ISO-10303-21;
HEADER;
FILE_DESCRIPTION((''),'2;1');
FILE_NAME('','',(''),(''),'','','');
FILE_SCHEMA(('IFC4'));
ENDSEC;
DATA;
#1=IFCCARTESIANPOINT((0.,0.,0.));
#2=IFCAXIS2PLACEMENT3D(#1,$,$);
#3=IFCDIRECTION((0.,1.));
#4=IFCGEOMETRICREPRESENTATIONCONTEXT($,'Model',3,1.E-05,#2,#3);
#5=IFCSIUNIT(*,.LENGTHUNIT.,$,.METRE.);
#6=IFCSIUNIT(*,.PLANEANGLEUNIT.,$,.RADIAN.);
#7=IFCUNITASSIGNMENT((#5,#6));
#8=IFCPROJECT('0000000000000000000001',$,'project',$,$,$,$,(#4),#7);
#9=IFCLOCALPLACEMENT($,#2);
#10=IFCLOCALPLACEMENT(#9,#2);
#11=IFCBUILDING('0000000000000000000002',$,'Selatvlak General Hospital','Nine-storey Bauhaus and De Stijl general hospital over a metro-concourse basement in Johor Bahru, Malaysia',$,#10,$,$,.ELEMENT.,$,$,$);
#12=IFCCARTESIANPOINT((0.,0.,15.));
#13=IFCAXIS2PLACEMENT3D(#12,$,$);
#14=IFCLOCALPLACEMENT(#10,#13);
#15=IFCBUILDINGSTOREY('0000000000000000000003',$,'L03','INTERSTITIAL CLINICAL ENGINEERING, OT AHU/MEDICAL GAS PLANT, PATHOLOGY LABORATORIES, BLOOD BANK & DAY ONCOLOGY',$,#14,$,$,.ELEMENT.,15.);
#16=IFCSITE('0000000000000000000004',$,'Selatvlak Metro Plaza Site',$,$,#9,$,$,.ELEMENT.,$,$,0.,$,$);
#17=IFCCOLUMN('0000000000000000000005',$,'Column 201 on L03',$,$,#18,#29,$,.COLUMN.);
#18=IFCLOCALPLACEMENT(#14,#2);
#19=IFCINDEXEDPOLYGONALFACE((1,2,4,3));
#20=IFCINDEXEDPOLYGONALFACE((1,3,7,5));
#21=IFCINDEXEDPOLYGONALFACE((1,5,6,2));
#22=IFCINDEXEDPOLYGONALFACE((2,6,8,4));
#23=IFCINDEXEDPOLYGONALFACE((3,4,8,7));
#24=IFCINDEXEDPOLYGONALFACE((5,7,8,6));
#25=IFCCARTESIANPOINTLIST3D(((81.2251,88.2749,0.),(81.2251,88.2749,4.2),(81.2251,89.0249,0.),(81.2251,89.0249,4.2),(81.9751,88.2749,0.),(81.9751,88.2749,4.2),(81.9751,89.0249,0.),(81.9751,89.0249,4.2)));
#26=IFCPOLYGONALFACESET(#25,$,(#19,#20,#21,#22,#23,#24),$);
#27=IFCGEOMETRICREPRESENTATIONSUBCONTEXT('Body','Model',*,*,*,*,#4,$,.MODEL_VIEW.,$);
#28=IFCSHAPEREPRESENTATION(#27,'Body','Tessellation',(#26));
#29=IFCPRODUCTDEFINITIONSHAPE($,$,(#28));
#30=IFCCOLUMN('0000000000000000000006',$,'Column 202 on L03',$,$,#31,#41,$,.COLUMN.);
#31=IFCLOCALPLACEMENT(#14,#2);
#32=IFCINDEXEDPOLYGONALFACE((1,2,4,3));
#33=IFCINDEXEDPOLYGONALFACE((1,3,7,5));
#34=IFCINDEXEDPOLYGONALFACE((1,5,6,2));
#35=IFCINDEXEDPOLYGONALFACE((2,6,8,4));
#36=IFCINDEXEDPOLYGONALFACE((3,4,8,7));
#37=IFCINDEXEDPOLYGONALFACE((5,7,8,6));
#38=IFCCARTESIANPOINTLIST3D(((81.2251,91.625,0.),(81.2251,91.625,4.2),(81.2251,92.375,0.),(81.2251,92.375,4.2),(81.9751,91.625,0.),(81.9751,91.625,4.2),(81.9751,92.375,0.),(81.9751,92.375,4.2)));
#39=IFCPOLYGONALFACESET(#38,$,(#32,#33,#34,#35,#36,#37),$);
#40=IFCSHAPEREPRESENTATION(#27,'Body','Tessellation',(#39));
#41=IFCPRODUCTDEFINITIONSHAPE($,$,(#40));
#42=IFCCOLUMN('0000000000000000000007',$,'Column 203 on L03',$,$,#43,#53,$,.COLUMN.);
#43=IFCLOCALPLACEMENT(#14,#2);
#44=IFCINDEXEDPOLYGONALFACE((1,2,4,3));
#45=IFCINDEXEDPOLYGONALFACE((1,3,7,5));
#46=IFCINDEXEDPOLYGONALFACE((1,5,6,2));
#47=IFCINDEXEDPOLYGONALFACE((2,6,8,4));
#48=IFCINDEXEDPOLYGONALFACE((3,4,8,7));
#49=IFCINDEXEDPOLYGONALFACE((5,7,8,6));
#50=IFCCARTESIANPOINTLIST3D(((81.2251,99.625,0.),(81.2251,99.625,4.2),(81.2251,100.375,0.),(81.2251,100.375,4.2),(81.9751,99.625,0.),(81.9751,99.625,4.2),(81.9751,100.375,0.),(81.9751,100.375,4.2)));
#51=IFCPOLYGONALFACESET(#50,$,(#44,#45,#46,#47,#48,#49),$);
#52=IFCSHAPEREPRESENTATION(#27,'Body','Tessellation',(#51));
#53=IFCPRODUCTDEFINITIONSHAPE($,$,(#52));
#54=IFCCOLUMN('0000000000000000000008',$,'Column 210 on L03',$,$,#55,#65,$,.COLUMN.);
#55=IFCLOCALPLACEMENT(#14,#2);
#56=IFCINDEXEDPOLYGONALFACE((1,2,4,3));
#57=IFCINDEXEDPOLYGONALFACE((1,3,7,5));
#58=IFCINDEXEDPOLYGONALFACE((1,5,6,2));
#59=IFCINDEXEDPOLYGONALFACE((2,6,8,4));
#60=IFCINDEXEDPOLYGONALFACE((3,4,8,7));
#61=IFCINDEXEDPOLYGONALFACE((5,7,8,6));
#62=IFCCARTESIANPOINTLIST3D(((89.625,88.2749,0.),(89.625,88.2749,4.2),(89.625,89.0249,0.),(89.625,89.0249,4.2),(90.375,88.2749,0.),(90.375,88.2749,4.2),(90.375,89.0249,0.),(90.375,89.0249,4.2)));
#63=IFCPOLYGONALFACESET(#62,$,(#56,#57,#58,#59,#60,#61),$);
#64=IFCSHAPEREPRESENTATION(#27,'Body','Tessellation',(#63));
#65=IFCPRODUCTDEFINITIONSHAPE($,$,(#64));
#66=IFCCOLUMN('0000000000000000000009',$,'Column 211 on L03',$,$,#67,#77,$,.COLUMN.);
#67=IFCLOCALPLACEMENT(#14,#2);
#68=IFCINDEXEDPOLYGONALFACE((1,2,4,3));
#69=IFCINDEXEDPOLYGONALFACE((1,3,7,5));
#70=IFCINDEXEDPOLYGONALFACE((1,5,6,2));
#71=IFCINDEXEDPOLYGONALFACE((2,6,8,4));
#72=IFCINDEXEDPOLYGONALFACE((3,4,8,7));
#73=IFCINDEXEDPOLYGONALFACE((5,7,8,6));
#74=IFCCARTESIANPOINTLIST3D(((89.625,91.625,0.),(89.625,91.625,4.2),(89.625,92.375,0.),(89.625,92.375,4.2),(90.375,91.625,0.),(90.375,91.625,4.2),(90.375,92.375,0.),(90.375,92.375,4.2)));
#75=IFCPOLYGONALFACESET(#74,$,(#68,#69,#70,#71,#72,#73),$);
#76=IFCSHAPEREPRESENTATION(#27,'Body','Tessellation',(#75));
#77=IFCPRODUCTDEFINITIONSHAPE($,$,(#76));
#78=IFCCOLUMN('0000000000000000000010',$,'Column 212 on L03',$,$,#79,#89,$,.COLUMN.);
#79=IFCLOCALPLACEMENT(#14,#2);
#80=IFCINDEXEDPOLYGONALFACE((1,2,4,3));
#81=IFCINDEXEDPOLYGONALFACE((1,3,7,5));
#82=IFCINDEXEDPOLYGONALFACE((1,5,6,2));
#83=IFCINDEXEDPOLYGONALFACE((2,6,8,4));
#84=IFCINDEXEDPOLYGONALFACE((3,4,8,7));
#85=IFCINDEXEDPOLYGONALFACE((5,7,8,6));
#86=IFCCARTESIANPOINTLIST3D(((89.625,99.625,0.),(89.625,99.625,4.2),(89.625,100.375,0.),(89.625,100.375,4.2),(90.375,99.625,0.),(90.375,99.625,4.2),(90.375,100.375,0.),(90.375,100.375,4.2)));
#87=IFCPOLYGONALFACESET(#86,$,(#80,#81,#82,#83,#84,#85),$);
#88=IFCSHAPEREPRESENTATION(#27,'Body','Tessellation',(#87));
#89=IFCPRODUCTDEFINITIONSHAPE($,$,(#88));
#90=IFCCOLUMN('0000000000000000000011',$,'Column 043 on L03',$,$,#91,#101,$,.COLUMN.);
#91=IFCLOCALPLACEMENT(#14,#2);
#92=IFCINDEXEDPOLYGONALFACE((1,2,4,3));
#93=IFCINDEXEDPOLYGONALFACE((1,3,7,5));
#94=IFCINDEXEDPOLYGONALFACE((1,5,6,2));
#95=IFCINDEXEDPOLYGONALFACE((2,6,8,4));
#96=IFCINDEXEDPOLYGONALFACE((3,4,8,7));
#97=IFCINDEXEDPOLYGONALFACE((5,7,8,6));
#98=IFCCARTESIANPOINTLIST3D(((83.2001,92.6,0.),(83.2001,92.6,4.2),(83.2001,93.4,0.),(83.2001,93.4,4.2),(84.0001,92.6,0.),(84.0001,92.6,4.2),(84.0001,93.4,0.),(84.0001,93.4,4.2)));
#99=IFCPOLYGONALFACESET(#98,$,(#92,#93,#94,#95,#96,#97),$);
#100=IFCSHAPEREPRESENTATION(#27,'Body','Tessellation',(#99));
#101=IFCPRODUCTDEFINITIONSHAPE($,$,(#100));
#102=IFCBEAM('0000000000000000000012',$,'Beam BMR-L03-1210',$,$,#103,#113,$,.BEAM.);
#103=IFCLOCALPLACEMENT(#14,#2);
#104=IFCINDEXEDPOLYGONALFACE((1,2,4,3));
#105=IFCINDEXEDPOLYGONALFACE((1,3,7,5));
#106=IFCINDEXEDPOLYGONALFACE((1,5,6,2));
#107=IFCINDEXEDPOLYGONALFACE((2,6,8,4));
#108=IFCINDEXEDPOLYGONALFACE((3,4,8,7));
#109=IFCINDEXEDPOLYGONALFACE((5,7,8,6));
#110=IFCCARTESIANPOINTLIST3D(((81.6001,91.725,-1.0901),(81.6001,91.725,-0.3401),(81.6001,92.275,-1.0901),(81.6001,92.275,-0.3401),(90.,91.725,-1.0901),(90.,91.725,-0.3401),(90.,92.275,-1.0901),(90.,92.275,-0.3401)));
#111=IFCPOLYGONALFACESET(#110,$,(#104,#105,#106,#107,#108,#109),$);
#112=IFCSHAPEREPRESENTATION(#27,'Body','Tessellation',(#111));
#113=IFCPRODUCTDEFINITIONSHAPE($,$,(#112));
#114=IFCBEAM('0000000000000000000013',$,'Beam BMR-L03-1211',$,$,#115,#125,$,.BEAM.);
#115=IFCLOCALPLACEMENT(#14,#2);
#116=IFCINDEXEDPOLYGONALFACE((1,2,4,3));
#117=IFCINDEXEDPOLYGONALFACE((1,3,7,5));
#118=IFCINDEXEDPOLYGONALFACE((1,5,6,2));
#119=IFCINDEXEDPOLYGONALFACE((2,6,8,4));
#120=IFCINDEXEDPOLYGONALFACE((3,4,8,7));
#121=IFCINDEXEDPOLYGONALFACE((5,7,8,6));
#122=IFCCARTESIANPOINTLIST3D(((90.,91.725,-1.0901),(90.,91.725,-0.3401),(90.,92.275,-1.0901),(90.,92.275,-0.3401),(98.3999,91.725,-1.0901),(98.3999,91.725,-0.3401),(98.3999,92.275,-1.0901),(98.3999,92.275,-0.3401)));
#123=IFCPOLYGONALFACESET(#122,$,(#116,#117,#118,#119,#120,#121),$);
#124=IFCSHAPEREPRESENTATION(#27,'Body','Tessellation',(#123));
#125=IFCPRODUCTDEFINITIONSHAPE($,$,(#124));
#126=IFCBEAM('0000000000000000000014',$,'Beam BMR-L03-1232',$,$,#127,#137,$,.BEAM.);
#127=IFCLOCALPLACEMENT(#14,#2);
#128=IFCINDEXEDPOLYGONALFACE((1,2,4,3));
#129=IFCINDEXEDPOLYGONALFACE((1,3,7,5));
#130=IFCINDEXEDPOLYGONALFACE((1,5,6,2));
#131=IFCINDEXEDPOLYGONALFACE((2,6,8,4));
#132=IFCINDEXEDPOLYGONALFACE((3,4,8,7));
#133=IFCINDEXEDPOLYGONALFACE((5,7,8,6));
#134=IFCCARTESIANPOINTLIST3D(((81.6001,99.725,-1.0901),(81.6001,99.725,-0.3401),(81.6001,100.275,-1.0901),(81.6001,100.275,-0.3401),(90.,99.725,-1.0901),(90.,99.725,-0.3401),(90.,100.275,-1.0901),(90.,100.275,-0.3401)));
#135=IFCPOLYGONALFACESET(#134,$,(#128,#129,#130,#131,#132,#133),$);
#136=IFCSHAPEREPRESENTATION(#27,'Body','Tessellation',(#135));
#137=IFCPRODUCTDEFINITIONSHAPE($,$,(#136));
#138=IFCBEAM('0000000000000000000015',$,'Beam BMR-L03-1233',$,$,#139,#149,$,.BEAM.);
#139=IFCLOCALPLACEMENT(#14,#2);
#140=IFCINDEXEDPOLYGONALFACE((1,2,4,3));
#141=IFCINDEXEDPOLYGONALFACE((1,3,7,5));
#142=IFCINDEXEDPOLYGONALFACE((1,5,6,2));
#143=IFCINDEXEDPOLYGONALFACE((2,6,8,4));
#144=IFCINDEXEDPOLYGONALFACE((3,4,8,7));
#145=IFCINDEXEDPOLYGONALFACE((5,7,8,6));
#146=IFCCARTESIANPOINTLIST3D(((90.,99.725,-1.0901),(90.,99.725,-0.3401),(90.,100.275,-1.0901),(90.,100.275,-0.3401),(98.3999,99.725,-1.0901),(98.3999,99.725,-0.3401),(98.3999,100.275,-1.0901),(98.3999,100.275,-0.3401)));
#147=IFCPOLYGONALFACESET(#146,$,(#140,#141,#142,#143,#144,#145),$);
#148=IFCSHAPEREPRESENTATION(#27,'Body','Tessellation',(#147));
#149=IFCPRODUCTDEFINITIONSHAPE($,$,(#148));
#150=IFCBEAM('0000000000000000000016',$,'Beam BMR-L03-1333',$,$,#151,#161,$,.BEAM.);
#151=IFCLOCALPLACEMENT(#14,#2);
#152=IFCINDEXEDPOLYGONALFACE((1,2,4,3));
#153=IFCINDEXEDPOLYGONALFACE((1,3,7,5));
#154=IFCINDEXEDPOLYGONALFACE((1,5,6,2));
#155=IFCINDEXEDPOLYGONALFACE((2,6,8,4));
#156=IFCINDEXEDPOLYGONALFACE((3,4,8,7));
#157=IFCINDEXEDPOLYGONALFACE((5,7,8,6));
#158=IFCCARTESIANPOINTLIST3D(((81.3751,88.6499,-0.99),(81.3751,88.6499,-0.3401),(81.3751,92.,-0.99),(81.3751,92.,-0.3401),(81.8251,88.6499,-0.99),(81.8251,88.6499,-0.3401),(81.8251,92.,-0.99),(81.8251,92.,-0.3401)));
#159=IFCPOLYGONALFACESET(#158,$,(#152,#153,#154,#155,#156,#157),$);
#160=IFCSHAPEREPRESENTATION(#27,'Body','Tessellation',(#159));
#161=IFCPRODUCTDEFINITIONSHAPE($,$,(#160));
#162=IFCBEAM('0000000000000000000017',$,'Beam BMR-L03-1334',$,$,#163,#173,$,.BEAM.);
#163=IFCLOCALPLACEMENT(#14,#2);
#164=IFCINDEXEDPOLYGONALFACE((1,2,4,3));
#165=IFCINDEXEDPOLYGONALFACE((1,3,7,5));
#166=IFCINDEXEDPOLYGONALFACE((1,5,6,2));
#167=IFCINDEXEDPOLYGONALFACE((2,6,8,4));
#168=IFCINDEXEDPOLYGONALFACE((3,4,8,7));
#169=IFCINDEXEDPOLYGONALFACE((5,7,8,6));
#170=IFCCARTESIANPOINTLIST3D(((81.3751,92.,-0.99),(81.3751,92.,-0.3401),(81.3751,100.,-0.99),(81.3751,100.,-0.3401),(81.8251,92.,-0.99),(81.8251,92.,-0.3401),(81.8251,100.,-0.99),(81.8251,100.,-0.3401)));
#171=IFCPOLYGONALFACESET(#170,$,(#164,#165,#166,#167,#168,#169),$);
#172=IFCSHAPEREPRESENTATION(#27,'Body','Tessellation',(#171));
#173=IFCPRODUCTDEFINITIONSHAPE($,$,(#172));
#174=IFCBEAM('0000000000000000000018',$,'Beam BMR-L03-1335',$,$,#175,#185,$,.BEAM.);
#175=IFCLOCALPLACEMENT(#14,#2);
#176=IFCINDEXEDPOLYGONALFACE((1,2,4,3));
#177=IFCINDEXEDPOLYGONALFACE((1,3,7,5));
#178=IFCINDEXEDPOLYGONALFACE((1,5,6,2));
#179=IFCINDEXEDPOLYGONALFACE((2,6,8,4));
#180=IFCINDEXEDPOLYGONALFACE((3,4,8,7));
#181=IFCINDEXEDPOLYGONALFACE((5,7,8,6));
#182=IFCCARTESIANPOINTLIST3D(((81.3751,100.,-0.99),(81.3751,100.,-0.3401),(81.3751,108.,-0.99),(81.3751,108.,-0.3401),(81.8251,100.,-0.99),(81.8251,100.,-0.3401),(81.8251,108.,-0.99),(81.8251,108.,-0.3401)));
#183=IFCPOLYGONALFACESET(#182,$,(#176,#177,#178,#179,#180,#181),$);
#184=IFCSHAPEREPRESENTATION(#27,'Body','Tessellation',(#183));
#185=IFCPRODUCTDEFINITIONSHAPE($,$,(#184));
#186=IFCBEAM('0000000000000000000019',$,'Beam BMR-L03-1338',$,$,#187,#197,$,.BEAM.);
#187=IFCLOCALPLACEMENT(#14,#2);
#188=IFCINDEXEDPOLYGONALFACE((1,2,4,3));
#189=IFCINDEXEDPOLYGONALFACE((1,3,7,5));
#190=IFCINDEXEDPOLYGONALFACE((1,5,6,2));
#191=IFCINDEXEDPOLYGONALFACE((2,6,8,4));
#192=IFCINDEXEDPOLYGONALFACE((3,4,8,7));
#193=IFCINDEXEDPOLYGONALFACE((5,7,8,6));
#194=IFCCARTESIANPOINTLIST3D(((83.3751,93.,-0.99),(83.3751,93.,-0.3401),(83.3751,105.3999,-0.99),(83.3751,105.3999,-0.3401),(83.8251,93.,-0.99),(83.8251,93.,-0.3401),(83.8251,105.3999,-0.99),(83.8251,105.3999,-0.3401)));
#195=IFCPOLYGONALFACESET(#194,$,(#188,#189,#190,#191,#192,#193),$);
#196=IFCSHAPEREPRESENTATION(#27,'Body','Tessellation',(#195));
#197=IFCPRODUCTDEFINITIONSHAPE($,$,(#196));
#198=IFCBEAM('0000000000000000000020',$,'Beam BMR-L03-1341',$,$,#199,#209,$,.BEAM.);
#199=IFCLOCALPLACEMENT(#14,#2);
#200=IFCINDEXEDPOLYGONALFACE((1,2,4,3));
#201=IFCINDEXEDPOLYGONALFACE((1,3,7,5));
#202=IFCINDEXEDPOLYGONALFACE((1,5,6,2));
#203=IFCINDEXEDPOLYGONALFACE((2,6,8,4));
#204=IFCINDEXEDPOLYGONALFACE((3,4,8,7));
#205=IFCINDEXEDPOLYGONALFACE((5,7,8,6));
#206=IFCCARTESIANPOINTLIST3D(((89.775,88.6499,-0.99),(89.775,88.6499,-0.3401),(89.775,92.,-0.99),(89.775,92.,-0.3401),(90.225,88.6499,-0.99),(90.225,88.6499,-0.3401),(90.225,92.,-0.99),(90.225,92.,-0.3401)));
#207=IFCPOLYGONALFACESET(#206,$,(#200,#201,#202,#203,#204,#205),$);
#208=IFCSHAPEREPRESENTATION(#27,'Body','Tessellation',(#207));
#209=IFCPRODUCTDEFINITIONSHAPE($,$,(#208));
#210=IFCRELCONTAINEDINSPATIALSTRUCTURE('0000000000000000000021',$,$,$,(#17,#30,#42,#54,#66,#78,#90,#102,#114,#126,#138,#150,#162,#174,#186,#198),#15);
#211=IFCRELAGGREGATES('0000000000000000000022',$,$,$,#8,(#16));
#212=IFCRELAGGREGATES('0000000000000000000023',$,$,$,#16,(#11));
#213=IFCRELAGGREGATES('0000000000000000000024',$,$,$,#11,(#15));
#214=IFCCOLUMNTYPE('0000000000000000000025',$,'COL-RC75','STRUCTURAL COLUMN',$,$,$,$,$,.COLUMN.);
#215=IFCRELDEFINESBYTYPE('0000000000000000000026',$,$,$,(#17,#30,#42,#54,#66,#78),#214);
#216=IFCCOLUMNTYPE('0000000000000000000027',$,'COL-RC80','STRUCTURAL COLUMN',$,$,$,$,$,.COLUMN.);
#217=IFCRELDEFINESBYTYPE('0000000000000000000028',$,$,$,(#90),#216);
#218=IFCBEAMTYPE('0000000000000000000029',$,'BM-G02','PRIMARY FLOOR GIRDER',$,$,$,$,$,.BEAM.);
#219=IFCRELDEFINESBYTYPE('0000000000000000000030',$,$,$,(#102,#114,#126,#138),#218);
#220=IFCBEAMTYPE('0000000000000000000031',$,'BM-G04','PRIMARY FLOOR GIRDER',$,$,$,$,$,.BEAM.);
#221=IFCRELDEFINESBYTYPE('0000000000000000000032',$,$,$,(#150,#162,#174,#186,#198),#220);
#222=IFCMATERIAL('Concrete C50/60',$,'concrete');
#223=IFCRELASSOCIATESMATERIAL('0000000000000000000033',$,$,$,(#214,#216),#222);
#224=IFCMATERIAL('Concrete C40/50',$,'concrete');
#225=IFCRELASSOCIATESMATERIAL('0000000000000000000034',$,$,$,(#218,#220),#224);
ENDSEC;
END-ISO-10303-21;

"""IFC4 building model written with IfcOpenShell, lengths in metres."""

from ifc_helpers import new_model, si_unit, direction, frame, origin, origin_2d, place, context, subcontext, project, spatial, rectangle, extrude, material, material_profile, profile_set, type_object, element, save


model = new_model("IFC4")

# Units and contexts
model_context = context("Model", 3, precision=1e-05, world=origin(), true_north=direction((0.0, 1.0)))
body_context = subcontext(model_context, "Body", "Model", "MODEL_VIEW")
ifc_project = project(units=[si_unit("LENGTHUNIT", "METRE"), si_unit("PLANEANGLEUNIT", "RADIAN")], contexts=[model_context])

# Site, building, storey
site_placement = place(None, origin())
site = spatial("IfcSite", under=ifc_project, at=site_placement, Name="Selatvlak Metro Plaza Site", CompositionType="ELEMENT", RefElevation=0.0)
building_placement = place(site_placement, origin())
building = spatial("IfcBuilding", under=site, at=building_placement, Name="Selatvlak General Hospital", Description="Nine-storey Bauhaus and De Stijl general hospital over a metro-concourse basement in Johor Bahru, Malaysia", CompositionType="ELEMENT")
storey_placement = place(building_placement, frame((0.0, 0.0, 15.0)))
storey = spatial("IfcBuildingStorey", under=building, at=storey_placement, Name="L03", Description="INTERSTITIAL CLINICAL ENGINEERING, OT AHU/MEDICAL GAS PLANT, PATHOLOGY LABORATORIES, BLOOD BANK & DAY ONCOLOGY", CompositionType="ELEMENT", Elevation=15.0)

# Columns
ifc_material_1 = material(Name="Concrete C50/60", Category="concrete")
ifc_material_profile_1 = material_profile(ifc_material_1, rectangle(XDim=0.75, YDim=0.75, at=origin_2d()), Name="RC-COL 750x750")
ifc_profile_set_1 = profile_set([ifc_material_profile_1], Name="Concrete C50/60")
column_type_1 = type_object("IfcColumnType", Name="COL-RC75", Description="STRUCTURAL COLUMN", PredefinedType="COLUMN", material=ifc_profile_set_1)
for number, where, z_axis, x_axis, name in (
    (1, (81.6001, 88.6499, 0.0), (0.0, 0.0, 1.0), (1.0, 0.0, 0.0), "Column 201 on L03"),
    (2, (81.6001, 92.0, 0.0), (0.0, 0.0, 1.0), (1.0, 0.0, 0.0), "Column 202 on L03"),
    (3, (81.6001, 100.0, 0.0), (0.0, 0.0, 1.0), (1.0, 0.0, 0.0), "Column 203 on L03"),
    (4, (90.0, 88.6499, 0.0), (0.0, 0.0, 1.0), (1.0, 0.0, 0.0), "Column 210 on L03"),
    (5, (90.0, 92.0, 0.0), (0.0, 0.0, 1.0), (1.0, 0.0, 0.0), "Column 211 on L03"),
    (6, (90.0, 100.0, 0.0), (0.0, 0.0, 1.0), (1.0, 0.0, 0.0), "Column 212 on L03"),
):
    element("IfcColumn", number, at=place(storey_placement, frame(where, z_axis=z_axis, x_axis=x_axis)), inside=storey, type_object=column_type_1, Name=name, PredefinedType="COLUMN", context=body_context, shape_type="SweptSolid", body=[
        extrude(rectangle(XDim=0.75, YDim=0.75, at=origin_2d()), origin(), (0.0, 0.0, 1.0), 4.2),
    ])
ifc_material_profile_2 = material_profile(ifc_material_1, rectangle(XDim=0.8, YDim=0.8, at=origin_2d()), Name="RC-COL 800x800")
ifc_profile_set_2 = profile_set([ifc_material_profile_2], Name="Concrete C50/60")
column_type_2 = type_object("IfcColumnType", Name="COL-RC80", Description="STRUCTURAL COLUMN", PredefinedType="COLUMN", material=ifc_profile_set_2)
column_placement = place(storey_placement, frame((83.6001, 93.0, 0.0), z_axis=(0.0, 0.0, 1.0), x_axis=(1.0, 0.0, 0.0)))
element("IfcColumn", 7, at=column_placement, inside=storey, type_object=column_type_2, Name="Column 043 on L03", PredefinedType="COLUMN", context=body_context, shape_type="SweptSolid", body=[
    extrude(rectangle(XDim=0.8, YDim=0.8, at=origin_2d()), origin(), (0.0, 0.0, 1.0), 4.2),
])

# Beams
ifc_material_2 = material(Name="Concrete C40/50", Category="concrete")
ifc_material_profile_3 = material_profile(ifc_material_2, rectangle(XDim=0.55, YDim=0.75, at=origin_2d()), Name="RC-BM 550x750")
ifc_profile_set_3 = profile_set([ifc_material_profile_3], Name="Concrete C40/50")
beam_type_1 = type_object("IfcBeamType", Name="BM-G02", Description="PRIMARY FLOOR GIRDER", PredefinedType="BEAM", material=ifc_profile_set_3)
for number, where, z_axis, x_axis, name in (
    (8, (81.6001, 92.0, -0.7151), (1.0, 0.0, 0.0), (0.0, 1.0, 0.0), "Beam BMR-L03-1210"),
    (9, (90.0, 92.0, -0.7151), (1.0, 0.0, 0.0), (0.0, 1.0, 0.0), "Beam BMR-L03-1211"),
    (10, (81.6001, 100.0, -0.7151), (1.0, 0.0, 0.0), (0.0, 1.0, 0.0), "Beam BMR-L03-1232"),
    (11, (90.0, 100.0, -0.7151), (1.0, 0.0, 0.0), (0.0, 1.0, 0.0), "Beam BMR-L03-1233"),
):
    element("IfcBeam", number, at=place(storey_placement, frame(where, z_axis=z_axis, x_axis=x_axis)), inside=storey, type_object=beam_type_1, Name=name, PredefinedType="BEAM", context=body_context, shape_type="SweptSolid", body=[
        extrude(rectangle(XDim=0.55, YDim=0.75, at=origin_2d()), origin(), (0.0, 0.0, 1.0), 8.3999),
    ])
ifc_material_profile_4 = material_profile(ifc_material_2, rectangle(XDim=0.45, YDim=0.6499, at=origin_2d()), Name="RC-BM 450x650")
ifc_profile_set_4 = profile_set([ifc_material_profile_4], Name="Concrete C40/50")
beam_type_2 = type_object("IfcBeamType", Name="BM-G04", Description="PRIMARY FLOOR GIRDER", PredefinedType="BEAM", material=ifc_profile_set_4)
beam_1_placement = place(storey_placement, frame((81.6001, 88.6499, -0.665), z_axis=(0.0, 1.0, 0.0), x_axis=(-1.0, 0.0, 0.0)))
element("IfcBeam", 12, at=beam_1_placement, inside=storey, type_object=beam_type_2, Name="Beam BMR-L03-1333", PredefinedType="BEAM", context=body_context, shape_type="SweptSolid", body=[
    extrude(rectangle(XDim=0.45, YDim=0.6499, at=origin_2d()), origin(), (0.0, 0.0, 1.0), 3.3501),
])
for number, where, z_axis, x_axis, name in (
    (13, (81.6001, 92.0, -0.665), (0.0, 1.0, 0.0), (-1.0, 0.0, 0.0), "Beam BMR-L03-1334"),
    (14, (81.6001, 100.0, -0.665), (0.0, 1.0, 0.0), (-1.0, 0.0, 0.0), "Beam BMR-L03-1335"),
):
    element("IfcBeam", number, at=place(storey_placement, frame(where, z_axis=z_axis, x_axis=x_axis)), inside=storey, type_object=beam_type_2, Name=name, PredefinedType="BEAM", context=body_context, shape_type="SweptSolid", body=[
        extrude(rectangle(XDim=0.45, YDim=0.6499, at=origin_2d()), origin(), (0.0, 0.0, 1.0), 8.0),
    ])
beam_2_placement = place(storey_placement, frame((83.6001, 93.0, -0.665), z_axis=(0.0, 1.0, 0.0), x_axis=(-1.0, 0.0, 0.0)))
element("IfcBeam", 15, at=beam_2_placement, inside=storey, type_object=beam_type_2, Name="Beam BMR-L03-1338", PredefinedType="BEAM", context=body_context, shape_type="SweptSolid", body=[
    extrude(rectangle(XDim=0.45, YDim=0.6499, at=origin_2d()), origin(), (0.0, 0.0, 1.0), 12.3999),
])
beam_3_placement = place(storey_placement, frame((90.0, 88.6499, -0.665), z_axis=(0.0, 1.0, 0.0), x_axis=(-1.0, 0.0, 0.0)))
element("IfcBeam", 16, at=beam_3_placement, inside=storey, type_object=beam_type_2, Name="Beam BMR-L03-1341", PredefinedType="BEAM", context=body_context, shape_type="SweptSolid", body=[
    extrude(rectangle(XDim=0.45, YDim=0.6499, at=origin_2d()), origin(), (0.0, 0.0, 1.0), 3.3501),
])

save(model, "model.ifc")
